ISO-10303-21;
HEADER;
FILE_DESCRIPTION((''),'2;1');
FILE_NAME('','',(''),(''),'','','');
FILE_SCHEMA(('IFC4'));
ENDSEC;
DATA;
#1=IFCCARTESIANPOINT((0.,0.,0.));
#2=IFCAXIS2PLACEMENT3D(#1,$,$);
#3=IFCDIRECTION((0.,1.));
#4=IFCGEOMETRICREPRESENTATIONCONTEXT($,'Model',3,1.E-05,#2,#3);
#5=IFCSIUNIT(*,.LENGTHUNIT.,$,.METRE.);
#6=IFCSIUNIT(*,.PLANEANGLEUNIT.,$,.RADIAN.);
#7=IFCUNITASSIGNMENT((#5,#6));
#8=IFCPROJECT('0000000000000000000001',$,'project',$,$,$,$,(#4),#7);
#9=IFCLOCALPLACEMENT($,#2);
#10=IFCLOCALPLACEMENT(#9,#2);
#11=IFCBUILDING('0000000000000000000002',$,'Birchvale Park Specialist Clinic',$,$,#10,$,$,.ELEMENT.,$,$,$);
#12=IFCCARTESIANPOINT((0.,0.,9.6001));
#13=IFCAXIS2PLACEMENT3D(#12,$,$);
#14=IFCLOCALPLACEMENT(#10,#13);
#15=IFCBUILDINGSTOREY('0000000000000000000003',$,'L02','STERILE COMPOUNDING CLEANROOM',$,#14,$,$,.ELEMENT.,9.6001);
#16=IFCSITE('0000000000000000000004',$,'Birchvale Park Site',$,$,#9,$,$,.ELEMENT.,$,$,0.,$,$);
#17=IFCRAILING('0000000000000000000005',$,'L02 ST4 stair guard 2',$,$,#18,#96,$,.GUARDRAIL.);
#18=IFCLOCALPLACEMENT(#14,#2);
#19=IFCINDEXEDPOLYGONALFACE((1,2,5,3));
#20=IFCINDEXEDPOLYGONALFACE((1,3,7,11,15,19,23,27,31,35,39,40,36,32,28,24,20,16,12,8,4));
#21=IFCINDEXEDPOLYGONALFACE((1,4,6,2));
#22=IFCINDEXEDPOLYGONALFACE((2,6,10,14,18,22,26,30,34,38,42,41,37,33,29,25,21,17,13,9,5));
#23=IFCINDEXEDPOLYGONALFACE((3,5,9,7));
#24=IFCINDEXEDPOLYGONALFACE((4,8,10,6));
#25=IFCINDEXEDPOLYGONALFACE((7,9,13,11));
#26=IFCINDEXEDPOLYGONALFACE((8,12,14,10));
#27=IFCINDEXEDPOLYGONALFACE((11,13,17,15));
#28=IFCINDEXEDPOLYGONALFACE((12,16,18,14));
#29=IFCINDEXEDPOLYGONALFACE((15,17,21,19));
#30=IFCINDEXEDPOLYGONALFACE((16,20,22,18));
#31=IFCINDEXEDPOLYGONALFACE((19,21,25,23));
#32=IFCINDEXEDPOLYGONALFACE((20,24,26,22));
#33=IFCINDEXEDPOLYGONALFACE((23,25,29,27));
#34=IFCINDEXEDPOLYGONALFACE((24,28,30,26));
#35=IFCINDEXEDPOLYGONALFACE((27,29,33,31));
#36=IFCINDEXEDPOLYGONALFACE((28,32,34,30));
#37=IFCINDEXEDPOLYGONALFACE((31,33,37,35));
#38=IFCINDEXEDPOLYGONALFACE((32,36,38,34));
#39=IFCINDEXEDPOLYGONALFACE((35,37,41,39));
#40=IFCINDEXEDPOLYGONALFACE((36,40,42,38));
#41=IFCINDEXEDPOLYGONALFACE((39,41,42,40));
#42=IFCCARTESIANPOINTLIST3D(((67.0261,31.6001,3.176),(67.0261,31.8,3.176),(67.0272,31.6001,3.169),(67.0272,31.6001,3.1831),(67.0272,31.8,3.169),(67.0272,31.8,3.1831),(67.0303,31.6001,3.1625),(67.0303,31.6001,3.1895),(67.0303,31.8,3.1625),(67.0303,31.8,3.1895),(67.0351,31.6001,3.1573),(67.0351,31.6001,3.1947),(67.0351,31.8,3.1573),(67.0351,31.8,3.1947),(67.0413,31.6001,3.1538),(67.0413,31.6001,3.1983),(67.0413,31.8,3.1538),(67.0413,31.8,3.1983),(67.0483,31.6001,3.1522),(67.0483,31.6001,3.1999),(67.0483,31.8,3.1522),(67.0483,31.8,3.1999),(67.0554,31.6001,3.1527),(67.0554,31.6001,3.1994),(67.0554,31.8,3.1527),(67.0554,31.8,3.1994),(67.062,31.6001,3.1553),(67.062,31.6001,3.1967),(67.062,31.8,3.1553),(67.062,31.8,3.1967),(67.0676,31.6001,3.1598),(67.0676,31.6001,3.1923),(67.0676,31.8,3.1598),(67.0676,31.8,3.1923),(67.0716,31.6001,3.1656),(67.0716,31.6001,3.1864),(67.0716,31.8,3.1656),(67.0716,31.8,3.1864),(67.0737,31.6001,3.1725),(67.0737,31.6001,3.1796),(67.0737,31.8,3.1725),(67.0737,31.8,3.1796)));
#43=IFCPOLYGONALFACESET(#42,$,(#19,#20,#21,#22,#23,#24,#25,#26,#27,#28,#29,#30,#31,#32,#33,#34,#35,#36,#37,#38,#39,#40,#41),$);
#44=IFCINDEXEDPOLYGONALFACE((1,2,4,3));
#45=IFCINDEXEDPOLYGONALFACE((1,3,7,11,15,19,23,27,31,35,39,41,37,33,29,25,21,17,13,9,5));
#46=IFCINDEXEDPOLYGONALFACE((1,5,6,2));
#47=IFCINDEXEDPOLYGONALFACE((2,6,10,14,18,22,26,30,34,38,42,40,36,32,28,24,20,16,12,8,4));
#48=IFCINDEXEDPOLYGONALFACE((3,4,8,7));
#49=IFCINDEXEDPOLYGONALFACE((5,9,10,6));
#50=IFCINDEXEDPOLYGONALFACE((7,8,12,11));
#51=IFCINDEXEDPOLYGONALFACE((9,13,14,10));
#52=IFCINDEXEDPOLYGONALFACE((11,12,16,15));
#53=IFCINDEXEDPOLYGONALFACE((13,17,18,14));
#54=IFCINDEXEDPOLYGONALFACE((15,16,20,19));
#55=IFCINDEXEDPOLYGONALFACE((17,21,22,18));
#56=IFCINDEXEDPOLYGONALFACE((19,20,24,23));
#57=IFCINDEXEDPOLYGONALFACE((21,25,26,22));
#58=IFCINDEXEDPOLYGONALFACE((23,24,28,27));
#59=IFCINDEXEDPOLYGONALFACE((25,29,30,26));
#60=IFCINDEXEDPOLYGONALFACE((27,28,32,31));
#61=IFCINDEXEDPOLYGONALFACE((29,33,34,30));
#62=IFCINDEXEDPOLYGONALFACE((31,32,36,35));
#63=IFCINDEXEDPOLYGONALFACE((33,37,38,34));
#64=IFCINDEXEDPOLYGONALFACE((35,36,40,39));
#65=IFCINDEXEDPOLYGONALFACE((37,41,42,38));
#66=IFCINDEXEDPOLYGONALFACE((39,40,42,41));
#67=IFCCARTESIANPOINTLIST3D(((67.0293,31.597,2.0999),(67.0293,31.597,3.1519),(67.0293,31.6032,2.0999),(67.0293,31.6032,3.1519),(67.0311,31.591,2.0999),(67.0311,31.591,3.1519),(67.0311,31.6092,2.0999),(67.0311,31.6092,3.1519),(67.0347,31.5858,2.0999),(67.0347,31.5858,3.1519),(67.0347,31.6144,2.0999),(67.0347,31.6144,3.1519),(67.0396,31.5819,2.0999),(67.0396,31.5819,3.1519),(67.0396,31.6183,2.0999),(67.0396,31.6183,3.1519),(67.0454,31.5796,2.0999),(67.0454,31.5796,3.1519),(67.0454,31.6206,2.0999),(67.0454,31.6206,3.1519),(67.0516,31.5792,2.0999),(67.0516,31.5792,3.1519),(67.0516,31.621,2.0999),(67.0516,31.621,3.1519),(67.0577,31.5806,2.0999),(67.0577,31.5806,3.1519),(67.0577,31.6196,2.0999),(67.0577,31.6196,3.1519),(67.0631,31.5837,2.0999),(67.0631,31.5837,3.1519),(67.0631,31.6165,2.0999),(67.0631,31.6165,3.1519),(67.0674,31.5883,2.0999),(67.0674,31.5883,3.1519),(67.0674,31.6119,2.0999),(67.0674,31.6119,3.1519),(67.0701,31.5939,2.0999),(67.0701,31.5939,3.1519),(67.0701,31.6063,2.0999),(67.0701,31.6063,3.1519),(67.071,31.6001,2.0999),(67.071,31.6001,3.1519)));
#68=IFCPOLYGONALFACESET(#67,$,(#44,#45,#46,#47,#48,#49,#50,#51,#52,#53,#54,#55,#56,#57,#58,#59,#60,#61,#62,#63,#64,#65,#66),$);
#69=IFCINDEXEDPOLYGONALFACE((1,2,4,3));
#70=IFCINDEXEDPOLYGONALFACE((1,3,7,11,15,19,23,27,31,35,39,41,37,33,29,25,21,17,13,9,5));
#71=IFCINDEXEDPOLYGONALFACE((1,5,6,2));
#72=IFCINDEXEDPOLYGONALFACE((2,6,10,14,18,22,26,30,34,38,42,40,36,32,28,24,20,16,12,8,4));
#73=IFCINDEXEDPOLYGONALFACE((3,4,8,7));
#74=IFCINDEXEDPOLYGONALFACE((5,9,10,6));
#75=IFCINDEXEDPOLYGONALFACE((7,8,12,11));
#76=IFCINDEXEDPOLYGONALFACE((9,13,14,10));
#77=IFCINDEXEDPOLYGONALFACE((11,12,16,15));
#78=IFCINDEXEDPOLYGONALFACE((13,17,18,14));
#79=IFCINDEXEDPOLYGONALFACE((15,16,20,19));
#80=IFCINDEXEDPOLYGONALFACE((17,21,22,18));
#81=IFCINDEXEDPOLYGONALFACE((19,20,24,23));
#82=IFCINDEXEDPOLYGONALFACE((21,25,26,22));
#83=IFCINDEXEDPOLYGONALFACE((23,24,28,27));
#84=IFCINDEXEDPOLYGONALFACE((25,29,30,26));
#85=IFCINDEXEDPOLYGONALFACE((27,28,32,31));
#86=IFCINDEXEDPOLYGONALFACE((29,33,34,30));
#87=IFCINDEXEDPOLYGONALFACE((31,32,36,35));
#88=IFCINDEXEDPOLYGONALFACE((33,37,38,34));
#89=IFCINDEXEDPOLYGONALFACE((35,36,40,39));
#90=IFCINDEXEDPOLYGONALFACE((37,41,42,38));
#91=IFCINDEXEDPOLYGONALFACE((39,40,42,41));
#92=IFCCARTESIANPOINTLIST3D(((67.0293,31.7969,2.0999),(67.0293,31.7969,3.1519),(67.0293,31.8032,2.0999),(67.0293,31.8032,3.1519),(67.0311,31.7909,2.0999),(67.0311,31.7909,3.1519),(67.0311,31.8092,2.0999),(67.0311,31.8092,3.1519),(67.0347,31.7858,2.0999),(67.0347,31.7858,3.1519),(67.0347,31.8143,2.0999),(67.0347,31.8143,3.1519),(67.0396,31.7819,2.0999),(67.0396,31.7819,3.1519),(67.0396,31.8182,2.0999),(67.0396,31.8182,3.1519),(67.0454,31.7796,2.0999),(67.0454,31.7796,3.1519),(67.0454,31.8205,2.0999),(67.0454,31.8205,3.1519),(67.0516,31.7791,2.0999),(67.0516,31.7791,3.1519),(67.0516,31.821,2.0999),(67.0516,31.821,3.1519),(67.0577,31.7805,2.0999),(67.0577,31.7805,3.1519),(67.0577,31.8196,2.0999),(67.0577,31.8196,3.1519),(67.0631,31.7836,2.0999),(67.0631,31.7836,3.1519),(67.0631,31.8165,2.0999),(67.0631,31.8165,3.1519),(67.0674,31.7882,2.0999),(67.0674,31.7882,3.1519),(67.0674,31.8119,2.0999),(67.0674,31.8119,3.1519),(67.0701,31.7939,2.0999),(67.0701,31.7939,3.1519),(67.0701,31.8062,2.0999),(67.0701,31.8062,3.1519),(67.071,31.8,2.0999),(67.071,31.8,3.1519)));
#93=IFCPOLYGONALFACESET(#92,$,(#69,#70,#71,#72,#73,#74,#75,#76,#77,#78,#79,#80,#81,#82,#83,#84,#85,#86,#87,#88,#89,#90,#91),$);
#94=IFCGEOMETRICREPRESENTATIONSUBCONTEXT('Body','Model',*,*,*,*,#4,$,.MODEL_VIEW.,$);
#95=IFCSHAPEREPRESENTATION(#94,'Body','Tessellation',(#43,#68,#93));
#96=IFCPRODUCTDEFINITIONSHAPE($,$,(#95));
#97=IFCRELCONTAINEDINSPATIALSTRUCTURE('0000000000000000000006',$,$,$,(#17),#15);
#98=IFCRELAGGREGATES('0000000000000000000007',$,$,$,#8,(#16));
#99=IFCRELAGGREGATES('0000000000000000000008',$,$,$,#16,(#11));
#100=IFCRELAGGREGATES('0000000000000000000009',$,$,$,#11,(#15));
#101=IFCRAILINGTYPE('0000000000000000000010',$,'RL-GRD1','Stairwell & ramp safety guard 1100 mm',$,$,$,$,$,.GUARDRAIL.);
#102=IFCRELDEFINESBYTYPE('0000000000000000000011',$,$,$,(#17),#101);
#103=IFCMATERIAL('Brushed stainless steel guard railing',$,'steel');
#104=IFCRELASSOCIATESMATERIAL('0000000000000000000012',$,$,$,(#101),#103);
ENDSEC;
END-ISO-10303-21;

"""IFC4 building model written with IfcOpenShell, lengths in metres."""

from ifc_helpers import new_model, si_unit, direction, frame, origin, origin_2d, place, context, subcontext, project, spatial, circle, extrude, material, type_object, element, save


model = new_model("IFC4")

# Units and contexts
model_context = context("Model", 3, precision=1e-05, world=origin(), true_north=direction((0.0, 1.0)))
body_context = subcontext(model_context, "Body", "Model", "MODEL_VIEW")
ifc_project = project(units=[si_unit("LENGTHUNIT", "METRE"), si_unit("PLANEANGLEUNIT", "RADIAN")], contexts=[model_context])

# Site, building, storey
site_placement = place(None, origin())
site = spatial("IfcSite", under=ifc_project, at=site_placement, Name="Birchvale Park Site", CompositionType="ELEMENT", RefElevation=0.0)
building_placement = place(site_placement, origin())
building = spatial("IfcBuilding", under=site, at=building_placement, Name="Birchvale Park Specialist Clinic", CompositionType="ELEMENT")
storey_placement = place(building_placement, frame((0.0, 0.0, 9.6001)))
storey = spatial("IfcBuildingStorey", under=building, at=storey_placement, Name="L02", Description="STERILE COMPOUNDING CLEANROOM", CompositionType="ELEMENT", Elevation=9.6001)

# Railing
ifc_material_1 = material(Name="Brushed stainless steel guard railing", Category="steel")
railing_type_1 = type_object("IfcRailingType", Name="RL-GRD1", Description="Stairwell & ramp safety guard 1100 mm", PredefinedType="GUARDRAIL", material=ifc_material_1)
railing_1_placement = place(storey_placement, frame((67.05, 31.6001, 2.0999)))
element("IfcRailing", 1, at=railing_1_placement, inside=storey, type_object=railing_type_1, Name="L02 ST4 stair guard 2", PredefinedType="GUARDRAIL", context=body_context, shape_type="SweptSolid", body=[
    extrude(circle(Radius=0.0239, at=origin_2d()), frame((0.0, 0.0, 1.0762), z_axis=(0.0, 1.0, 0.0), x_axis=(-1.0, 0.0, 0.0)), (0.0, 0.0, 1.0), 0.2),
    extrude(circle(Radius=0.021, at=origin_2d()), origin(), (0.0, 0.0, 1.0), 1.052),
    extrude(circle(Radius=0.021, at=origin_2d()), frame((0.0, 0.2, 0.0)), (0.0, 0.0, 1.0), 1.052),
])

save(model, "model.ifc")
